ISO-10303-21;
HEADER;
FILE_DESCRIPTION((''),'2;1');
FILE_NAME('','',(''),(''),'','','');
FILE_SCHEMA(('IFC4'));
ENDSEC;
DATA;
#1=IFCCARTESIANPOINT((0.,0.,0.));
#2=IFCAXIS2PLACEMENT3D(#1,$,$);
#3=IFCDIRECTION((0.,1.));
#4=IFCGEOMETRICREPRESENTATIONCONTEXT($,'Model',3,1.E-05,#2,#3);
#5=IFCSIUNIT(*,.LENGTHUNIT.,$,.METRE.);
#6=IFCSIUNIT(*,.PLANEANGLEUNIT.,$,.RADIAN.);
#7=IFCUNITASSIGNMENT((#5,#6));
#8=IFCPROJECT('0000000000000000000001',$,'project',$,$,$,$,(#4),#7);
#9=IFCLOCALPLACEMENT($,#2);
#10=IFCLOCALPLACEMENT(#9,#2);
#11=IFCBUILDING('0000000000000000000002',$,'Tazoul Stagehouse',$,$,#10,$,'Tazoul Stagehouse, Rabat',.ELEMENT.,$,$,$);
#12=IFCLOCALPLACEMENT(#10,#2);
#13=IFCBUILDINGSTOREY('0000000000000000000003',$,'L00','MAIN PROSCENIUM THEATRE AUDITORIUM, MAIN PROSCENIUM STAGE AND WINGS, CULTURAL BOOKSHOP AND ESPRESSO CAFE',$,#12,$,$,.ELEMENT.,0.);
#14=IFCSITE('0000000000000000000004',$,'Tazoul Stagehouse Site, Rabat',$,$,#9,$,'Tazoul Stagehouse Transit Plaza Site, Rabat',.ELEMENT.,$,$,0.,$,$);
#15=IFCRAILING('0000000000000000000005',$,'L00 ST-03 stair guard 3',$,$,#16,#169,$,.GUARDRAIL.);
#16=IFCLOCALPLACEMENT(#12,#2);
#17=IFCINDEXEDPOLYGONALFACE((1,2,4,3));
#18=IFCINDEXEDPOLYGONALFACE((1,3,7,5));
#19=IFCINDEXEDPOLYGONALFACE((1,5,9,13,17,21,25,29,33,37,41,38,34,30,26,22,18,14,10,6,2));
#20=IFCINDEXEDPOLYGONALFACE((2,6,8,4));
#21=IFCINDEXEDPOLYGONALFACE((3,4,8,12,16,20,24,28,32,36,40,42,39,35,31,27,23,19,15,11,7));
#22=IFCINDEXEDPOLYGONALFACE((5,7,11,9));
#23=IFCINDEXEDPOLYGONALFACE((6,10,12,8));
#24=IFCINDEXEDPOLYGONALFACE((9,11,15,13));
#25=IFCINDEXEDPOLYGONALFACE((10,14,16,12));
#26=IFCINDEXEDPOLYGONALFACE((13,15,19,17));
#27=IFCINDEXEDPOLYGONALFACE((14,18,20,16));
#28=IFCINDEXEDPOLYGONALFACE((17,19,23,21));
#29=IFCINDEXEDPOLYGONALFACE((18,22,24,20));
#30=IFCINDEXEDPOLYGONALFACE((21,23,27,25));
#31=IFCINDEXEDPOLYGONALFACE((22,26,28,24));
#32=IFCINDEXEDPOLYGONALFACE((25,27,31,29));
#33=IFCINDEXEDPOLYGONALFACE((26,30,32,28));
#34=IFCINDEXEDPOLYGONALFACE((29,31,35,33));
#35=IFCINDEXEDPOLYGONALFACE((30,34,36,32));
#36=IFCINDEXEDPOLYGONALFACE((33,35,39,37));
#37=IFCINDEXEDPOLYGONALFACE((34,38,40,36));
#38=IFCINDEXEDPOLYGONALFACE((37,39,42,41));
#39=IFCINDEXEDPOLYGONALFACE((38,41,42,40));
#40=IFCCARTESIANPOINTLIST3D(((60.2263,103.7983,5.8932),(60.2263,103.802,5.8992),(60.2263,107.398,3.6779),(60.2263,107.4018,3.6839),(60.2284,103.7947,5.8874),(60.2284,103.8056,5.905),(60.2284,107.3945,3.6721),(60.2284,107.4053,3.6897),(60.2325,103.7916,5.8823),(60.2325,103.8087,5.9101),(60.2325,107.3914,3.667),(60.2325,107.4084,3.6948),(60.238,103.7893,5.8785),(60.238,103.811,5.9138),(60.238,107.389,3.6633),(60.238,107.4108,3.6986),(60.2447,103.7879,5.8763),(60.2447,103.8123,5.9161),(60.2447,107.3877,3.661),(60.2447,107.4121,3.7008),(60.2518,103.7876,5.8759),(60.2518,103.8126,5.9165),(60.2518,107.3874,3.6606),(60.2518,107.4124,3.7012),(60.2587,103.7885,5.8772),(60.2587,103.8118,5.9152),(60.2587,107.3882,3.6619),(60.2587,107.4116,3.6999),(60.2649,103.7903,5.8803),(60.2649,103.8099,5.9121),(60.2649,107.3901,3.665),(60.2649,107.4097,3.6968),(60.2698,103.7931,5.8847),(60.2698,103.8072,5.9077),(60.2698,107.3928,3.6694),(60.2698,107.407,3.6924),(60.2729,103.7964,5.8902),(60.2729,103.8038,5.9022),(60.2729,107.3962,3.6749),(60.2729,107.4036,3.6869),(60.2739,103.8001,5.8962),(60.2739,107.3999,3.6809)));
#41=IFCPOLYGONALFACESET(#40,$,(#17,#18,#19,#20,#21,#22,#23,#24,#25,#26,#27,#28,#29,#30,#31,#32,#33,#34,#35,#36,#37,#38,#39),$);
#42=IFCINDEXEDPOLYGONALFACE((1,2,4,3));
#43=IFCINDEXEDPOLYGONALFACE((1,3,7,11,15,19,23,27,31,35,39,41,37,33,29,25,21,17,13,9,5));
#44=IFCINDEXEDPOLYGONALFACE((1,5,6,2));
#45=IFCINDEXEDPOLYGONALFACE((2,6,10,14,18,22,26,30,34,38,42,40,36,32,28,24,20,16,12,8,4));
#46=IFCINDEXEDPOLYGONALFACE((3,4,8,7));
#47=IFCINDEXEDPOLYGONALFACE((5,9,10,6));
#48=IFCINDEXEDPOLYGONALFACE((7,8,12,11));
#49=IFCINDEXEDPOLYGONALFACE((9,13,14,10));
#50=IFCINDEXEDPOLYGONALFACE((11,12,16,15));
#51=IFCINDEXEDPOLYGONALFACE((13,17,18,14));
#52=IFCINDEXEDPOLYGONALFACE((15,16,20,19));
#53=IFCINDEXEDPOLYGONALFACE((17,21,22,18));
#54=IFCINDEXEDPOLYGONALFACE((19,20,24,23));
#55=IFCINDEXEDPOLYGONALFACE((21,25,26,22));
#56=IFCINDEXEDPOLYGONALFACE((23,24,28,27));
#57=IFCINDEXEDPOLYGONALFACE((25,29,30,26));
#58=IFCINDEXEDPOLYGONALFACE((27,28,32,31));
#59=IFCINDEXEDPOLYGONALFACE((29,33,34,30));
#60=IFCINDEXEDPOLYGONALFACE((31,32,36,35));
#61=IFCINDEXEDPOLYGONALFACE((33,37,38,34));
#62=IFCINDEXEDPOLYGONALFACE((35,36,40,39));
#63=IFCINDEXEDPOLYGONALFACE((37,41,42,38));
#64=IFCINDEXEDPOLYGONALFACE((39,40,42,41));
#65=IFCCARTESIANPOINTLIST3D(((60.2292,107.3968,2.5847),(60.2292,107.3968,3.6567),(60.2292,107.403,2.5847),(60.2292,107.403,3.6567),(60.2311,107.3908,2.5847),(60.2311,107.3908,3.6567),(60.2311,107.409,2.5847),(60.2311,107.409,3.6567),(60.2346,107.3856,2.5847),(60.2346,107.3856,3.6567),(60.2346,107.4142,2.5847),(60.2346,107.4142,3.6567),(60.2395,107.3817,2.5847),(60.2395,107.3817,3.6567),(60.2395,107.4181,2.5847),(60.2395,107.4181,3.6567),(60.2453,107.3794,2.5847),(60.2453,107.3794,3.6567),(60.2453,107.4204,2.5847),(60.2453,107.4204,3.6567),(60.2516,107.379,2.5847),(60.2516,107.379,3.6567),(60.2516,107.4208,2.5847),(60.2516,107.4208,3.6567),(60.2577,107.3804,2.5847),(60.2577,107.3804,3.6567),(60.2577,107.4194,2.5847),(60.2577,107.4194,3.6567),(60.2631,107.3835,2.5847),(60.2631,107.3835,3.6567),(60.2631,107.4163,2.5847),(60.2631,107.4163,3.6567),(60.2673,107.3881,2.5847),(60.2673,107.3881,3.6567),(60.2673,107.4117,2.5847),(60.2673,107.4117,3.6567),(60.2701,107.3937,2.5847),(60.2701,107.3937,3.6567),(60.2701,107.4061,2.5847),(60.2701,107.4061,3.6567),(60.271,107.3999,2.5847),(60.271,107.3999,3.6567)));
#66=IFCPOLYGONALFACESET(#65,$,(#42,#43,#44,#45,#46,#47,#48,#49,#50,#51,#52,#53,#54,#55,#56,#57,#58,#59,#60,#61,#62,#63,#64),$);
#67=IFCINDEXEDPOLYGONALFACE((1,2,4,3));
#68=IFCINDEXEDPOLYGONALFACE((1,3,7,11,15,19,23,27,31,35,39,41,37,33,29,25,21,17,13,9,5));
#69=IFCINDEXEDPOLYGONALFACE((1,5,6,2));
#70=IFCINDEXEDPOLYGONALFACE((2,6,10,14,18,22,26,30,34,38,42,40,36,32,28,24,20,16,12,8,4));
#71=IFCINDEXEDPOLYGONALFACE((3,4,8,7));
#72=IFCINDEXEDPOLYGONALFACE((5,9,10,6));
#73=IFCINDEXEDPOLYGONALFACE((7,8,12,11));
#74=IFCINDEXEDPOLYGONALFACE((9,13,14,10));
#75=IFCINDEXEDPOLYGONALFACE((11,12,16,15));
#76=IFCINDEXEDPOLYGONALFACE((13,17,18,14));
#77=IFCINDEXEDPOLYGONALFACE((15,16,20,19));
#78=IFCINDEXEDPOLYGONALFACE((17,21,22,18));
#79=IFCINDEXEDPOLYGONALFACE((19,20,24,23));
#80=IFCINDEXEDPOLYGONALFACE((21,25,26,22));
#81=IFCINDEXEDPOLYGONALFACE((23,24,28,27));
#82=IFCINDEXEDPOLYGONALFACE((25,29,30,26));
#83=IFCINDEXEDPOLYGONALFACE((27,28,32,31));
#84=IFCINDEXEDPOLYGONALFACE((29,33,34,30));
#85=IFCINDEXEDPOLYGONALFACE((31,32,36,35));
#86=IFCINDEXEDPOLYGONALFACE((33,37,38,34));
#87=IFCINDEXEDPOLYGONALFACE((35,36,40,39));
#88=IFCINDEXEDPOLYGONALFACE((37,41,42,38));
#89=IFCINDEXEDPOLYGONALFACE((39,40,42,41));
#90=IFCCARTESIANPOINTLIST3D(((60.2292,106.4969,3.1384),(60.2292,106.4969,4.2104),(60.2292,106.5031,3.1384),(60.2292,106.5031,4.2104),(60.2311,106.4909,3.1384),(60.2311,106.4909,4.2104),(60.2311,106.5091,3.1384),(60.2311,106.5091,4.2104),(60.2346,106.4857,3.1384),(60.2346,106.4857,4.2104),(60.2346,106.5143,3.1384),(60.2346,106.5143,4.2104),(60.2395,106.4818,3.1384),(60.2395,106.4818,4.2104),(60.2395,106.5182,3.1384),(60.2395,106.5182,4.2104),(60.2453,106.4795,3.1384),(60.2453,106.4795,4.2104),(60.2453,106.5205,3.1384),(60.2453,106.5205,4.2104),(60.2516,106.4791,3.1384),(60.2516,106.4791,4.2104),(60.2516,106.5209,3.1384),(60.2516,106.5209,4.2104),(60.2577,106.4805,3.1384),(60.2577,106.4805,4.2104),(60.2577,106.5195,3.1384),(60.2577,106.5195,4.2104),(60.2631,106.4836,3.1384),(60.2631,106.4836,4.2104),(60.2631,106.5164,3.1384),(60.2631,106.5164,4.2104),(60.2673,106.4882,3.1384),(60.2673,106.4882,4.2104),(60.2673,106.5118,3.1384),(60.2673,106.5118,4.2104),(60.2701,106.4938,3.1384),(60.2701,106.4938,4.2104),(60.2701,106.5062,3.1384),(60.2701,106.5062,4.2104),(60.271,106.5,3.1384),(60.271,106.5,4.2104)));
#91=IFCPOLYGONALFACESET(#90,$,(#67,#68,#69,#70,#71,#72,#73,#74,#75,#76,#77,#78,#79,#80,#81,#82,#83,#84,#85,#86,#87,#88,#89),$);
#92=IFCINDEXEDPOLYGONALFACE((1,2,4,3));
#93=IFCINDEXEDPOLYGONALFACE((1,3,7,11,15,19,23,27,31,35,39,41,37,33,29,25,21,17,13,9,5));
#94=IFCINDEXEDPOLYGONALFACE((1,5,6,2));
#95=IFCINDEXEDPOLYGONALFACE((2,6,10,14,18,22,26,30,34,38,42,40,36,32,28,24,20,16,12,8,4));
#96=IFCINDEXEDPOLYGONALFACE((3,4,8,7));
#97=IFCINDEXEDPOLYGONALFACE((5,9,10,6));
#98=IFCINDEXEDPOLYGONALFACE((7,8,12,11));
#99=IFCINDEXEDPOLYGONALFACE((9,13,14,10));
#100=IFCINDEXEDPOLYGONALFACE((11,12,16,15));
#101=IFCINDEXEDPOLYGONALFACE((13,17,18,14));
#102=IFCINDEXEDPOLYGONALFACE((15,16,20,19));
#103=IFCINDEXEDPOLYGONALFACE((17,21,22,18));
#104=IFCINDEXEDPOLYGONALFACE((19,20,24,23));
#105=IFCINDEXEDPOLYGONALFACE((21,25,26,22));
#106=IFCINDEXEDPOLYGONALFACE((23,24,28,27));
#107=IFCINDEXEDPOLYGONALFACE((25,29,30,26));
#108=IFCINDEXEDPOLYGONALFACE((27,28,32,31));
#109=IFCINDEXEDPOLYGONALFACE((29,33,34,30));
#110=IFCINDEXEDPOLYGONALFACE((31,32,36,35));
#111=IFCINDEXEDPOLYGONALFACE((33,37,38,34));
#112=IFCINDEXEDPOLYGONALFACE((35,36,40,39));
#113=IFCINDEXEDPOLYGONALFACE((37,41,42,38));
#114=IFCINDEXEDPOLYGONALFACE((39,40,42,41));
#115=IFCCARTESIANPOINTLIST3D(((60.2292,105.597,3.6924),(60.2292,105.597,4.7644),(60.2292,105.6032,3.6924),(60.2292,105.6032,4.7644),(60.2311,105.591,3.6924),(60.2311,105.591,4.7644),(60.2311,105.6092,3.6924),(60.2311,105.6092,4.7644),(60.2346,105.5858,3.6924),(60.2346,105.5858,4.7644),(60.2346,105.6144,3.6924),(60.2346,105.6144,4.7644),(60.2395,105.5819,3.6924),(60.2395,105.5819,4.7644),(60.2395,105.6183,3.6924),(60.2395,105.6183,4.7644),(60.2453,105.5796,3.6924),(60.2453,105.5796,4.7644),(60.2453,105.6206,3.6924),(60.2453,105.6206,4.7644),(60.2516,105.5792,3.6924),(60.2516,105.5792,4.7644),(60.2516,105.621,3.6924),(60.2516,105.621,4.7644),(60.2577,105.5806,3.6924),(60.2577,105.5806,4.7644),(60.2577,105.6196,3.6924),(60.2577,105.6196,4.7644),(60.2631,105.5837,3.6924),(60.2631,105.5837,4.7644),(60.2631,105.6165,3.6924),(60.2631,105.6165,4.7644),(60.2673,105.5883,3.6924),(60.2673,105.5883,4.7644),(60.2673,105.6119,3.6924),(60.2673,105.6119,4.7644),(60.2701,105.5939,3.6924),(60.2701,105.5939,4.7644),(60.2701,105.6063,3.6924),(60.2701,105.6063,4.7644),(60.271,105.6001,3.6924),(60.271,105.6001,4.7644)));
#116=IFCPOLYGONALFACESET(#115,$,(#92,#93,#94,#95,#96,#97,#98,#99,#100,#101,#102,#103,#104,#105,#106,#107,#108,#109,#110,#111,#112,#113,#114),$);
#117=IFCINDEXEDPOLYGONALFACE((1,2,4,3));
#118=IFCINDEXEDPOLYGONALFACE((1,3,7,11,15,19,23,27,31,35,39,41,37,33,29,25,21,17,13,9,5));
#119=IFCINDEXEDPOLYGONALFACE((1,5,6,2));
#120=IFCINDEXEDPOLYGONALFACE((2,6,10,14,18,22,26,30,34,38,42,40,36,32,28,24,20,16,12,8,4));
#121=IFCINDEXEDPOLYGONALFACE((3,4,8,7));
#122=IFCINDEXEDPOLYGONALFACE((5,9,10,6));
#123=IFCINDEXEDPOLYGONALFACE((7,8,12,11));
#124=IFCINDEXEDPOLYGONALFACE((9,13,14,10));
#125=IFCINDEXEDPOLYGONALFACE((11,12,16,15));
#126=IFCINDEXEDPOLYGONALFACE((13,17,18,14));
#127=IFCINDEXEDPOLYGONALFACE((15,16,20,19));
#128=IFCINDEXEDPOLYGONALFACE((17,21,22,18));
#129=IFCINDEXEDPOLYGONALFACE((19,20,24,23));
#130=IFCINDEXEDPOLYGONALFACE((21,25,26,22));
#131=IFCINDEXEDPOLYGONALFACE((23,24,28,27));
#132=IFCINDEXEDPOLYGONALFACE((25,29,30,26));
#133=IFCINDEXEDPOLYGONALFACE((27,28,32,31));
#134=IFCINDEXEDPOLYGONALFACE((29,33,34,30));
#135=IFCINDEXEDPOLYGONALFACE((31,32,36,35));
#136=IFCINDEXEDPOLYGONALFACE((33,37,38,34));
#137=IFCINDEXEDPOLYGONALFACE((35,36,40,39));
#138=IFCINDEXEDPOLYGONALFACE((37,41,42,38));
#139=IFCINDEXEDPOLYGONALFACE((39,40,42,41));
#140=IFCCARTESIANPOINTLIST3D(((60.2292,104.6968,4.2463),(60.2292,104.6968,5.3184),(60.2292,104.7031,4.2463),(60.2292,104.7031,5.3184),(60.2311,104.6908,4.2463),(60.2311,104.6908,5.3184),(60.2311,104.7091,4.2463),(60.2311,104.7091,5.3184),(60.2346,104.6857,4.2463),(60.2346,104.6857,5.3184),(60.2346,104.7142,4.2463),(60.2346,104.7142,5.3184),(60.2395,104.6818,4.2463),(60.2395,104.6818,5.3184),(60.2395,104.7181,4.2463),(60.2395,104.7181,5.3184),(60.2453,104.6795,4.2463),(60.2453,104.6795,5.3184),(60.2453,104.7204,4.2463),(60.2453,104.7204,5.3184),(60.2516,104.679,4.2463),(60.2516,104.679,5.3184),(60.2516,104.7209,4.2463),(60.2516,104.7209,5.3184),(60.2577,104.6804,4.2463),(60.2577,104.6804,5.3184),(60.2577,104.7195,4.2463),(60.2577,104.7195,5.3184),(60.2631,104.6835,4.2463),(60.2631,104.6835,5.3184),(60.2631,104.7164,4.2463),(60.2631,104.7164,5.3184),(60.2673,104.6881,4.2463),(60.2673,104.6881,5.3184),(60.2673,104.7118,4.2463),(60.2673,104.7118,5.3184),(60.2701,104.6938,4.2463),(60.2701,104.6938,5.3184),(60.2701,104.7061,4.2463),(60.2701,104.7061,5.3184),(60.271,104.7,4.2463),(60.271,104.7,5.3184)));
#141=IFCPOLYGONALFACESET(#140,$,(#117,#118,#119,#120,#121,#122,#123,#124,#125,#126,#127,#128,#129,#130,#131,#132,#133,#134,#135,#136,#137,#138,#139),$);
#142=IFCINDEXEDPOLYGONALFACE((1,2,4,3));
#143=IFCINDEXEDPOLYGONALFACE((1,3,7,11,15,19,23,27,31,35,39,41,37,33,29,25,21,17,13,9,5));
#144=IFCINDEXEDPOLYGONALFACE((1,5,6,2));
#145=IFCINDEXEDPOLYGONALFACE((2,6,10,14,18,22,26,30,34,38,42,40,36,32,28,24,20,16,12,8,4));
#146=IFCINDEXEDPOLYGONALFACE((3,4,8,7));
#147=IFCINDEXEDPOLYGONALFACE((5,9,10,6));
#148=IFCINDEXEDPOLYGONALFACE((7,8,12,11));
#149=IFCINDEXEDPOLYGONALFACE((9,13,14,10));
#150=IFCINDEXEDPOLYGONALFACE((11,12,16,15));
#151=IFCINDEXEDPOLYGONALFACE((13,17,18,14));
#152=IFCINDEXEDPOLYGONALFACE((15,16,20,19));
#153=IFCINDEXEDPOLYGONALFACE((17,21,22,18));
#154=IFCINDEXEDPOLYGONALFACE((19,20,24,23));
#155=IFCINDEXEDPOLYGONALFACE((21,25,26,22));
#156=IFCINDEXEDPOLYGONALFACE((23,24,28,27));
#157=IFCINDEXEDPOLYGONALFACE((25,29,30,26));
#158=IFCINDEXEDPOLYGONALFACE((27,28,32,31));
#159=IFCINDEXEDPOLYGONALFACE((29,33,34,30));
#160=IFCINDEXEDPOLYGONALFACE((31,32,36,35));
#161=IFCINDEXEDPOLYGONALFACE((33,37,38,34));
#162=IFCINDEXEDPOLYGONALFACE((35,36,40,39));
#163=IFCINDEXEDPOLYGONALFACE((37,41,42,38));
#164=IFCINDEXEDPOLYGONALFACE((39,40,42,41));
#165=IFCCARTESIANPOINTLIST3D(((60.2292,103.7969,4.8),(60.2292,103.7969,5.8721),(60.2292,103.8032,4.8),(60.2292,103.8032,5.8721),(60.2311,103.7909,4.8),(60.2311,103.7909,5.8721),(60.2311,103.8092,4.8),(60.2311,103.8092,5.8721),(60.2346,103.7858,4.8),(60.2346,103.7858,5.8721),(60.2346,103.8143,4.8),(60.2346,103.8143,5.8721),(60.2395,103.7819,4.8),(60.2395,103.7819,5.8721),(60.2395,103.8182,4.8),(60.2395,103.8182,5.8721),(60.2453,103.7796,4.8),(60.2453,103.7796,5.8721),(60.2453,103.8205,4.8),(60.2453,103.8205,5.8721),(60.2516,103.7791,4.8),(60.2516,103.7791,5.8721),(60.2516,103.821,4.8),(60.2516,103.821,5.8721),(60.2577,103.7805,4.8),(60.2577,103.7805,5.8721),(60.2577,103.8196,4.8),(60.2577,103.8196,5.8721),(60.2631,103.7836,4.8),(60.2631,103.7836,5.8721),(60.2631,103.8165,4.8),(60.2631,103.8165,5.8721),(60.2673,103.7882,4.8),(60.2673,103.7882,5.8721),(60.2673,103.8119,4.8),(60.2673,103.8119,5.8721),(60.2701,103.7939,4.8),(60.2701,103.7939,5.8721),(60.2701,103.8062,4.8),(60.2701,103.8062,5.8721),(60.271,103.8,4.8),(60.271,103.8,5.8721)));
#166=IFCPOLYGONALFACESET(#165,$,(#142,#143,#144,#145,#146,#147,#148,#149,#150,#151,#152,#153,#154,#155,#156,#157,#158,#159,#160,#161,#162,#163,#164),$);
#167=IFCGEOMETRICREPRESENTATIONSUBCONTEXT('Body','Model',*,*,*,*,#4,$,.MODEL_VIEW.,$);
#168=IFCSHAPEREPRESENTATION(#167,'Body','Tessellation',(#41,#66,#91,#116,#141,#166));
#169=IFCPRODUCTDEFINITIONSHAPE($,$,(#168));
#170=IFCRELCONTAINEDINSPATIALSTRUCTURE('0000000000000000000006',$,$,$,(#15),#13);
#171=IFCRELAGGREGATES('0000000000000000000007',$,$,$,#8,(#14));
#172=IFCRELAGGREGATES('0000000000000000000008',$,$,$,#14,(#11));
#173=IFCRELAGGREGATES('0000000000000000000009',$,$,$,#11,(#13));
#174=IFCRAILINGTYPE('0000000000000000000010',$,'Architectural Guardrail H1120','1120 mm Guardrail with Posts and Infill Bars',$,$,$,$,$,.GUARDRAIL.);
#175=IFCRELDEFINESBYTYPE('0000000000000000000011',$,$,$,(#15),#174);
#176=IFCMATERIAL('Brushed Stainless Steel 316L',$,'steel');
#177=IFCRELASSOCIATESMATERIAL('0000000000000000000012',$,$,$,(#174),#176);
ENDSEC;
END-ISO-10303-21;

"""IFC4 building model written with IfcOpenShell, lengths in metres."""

from ifc_helpers import new_model, si_unit, direction, frame, origin, origin_2d, place, context, subcontext, project, spatial, circle, extrude, material, material_profile, profile_set, type_object, element, save


model = new_model("IFC4")

# Units and contexts
model_context = context("Model", 3, precision=1e-05, world=origin(), true_north=direction((0.0, 1.0)))
body_context = subcontext(model_context, "Body", "Model", "MODEL_VIEW")
ifc_project = project(units=[si_unit("LENGTHUNIT", "METRE"), si_unit("PLANEANGLEUNIT", "RADIAN")], contexts=[model_context])

# Site, building, storey
site_placement = place(None, origin())
site = spatial("IfcSite", under=ifc_project, at=site_placement, Name="Tazoul Stagehouse Site, Rabat", LongName="Tazoul Stagehouse Transit Plaza Site, Rabat", CompositionType="ELEMENT", RefElevation=0.0)
building_placement = place(site_placement, origin())
building = spatial("IfcBuilding", under=site, at=building_placement, Name="Tazoul Stagehouse", LongName="Tazoul Stagehouse, Rabat", CompositionType="ELEMENT")
storey_placement = place(building_placement, origin())
storey = spatial("IfcBuildingStorey", under=building, at=storey_placement, Name="L00", Description="MAIN PROSCENIUM THEATRE AUDITORIUM, MAIN PROSCENIUM STAGE AND WINGS, CULTURAL BOOKSHOP AND ESPRESSO CAFE", CompositionType="ELEMENT", Elevation=0.0)

# Railing
ifc_material_1 = material(Name="Brushed Stainless Steel 316L", Category="steel")
ifc_material_profile_1 = material_profile(ifc_material_1, circle(Radius=0.0239, at=origin_2d()), Name="SS RAIL D48")
ifc_profile_set_1 = profile_set([ifc_material_profile_1], Name="Brushed Stainless Steel 316L")
railing_type_1 = type_object("IfcRailingType", Name="Architectural Guardrail H1120", Description="1120 mm Guardrail with Posts and Infill Bars", PredefinedType="GUARDRAIL", material=ifc_profile_set_1)
railing_1_placement = place(storey_placement, frame((60.25, 107.3999, 2.5847)))
element("IfcRailing", 1, at=railing_1_placement, inside=storey, type_object=railing_type_1, Name="L00 ST-03 stair guard 3", PredefinedType="GUARDRAIL", context=body_context, shape_type="SweptSolid", body=[
    extrude(circle(Radius=0.0239, at=origin_2d()), frame((0.0, 0.0, 1.0962), z_axis=(0.0, -0.851654, 0.524104), x_axis=(1.0, 0.0, 0.0)), (0.0, 0.0, 1.0), 4.2268),
    extrude(circle(Radius=0.021, at=origin_2d()), origin(), (0.0, 0.0, 1.0), 1.072),
    extrude(circle(Radius=0.021, at=origin_2d()), frame((0.0, -0.8999, 0.5537)), (0.0, 0.0, 1.0), 1.072),
    extrude(circle(Radius=0.021, at=origin_2d()), frame((0.0, -1.7998, 1.1077)), (0.0, 0.0, 1.0), 1.072),
    extrude(circle(Radius=0.021, at=origin_2d()), frame((0.0, -2.7, 1.6616)), (0.0, 0.0, 1.0), 1.072),
    extrude(circle(Radius=0.021, at=origin_2d()), frame((0.0, -3.5999, 2.2153)), (0.0, 0.0, 1.0), 1.072),
])

save(model, "model.ifc")
